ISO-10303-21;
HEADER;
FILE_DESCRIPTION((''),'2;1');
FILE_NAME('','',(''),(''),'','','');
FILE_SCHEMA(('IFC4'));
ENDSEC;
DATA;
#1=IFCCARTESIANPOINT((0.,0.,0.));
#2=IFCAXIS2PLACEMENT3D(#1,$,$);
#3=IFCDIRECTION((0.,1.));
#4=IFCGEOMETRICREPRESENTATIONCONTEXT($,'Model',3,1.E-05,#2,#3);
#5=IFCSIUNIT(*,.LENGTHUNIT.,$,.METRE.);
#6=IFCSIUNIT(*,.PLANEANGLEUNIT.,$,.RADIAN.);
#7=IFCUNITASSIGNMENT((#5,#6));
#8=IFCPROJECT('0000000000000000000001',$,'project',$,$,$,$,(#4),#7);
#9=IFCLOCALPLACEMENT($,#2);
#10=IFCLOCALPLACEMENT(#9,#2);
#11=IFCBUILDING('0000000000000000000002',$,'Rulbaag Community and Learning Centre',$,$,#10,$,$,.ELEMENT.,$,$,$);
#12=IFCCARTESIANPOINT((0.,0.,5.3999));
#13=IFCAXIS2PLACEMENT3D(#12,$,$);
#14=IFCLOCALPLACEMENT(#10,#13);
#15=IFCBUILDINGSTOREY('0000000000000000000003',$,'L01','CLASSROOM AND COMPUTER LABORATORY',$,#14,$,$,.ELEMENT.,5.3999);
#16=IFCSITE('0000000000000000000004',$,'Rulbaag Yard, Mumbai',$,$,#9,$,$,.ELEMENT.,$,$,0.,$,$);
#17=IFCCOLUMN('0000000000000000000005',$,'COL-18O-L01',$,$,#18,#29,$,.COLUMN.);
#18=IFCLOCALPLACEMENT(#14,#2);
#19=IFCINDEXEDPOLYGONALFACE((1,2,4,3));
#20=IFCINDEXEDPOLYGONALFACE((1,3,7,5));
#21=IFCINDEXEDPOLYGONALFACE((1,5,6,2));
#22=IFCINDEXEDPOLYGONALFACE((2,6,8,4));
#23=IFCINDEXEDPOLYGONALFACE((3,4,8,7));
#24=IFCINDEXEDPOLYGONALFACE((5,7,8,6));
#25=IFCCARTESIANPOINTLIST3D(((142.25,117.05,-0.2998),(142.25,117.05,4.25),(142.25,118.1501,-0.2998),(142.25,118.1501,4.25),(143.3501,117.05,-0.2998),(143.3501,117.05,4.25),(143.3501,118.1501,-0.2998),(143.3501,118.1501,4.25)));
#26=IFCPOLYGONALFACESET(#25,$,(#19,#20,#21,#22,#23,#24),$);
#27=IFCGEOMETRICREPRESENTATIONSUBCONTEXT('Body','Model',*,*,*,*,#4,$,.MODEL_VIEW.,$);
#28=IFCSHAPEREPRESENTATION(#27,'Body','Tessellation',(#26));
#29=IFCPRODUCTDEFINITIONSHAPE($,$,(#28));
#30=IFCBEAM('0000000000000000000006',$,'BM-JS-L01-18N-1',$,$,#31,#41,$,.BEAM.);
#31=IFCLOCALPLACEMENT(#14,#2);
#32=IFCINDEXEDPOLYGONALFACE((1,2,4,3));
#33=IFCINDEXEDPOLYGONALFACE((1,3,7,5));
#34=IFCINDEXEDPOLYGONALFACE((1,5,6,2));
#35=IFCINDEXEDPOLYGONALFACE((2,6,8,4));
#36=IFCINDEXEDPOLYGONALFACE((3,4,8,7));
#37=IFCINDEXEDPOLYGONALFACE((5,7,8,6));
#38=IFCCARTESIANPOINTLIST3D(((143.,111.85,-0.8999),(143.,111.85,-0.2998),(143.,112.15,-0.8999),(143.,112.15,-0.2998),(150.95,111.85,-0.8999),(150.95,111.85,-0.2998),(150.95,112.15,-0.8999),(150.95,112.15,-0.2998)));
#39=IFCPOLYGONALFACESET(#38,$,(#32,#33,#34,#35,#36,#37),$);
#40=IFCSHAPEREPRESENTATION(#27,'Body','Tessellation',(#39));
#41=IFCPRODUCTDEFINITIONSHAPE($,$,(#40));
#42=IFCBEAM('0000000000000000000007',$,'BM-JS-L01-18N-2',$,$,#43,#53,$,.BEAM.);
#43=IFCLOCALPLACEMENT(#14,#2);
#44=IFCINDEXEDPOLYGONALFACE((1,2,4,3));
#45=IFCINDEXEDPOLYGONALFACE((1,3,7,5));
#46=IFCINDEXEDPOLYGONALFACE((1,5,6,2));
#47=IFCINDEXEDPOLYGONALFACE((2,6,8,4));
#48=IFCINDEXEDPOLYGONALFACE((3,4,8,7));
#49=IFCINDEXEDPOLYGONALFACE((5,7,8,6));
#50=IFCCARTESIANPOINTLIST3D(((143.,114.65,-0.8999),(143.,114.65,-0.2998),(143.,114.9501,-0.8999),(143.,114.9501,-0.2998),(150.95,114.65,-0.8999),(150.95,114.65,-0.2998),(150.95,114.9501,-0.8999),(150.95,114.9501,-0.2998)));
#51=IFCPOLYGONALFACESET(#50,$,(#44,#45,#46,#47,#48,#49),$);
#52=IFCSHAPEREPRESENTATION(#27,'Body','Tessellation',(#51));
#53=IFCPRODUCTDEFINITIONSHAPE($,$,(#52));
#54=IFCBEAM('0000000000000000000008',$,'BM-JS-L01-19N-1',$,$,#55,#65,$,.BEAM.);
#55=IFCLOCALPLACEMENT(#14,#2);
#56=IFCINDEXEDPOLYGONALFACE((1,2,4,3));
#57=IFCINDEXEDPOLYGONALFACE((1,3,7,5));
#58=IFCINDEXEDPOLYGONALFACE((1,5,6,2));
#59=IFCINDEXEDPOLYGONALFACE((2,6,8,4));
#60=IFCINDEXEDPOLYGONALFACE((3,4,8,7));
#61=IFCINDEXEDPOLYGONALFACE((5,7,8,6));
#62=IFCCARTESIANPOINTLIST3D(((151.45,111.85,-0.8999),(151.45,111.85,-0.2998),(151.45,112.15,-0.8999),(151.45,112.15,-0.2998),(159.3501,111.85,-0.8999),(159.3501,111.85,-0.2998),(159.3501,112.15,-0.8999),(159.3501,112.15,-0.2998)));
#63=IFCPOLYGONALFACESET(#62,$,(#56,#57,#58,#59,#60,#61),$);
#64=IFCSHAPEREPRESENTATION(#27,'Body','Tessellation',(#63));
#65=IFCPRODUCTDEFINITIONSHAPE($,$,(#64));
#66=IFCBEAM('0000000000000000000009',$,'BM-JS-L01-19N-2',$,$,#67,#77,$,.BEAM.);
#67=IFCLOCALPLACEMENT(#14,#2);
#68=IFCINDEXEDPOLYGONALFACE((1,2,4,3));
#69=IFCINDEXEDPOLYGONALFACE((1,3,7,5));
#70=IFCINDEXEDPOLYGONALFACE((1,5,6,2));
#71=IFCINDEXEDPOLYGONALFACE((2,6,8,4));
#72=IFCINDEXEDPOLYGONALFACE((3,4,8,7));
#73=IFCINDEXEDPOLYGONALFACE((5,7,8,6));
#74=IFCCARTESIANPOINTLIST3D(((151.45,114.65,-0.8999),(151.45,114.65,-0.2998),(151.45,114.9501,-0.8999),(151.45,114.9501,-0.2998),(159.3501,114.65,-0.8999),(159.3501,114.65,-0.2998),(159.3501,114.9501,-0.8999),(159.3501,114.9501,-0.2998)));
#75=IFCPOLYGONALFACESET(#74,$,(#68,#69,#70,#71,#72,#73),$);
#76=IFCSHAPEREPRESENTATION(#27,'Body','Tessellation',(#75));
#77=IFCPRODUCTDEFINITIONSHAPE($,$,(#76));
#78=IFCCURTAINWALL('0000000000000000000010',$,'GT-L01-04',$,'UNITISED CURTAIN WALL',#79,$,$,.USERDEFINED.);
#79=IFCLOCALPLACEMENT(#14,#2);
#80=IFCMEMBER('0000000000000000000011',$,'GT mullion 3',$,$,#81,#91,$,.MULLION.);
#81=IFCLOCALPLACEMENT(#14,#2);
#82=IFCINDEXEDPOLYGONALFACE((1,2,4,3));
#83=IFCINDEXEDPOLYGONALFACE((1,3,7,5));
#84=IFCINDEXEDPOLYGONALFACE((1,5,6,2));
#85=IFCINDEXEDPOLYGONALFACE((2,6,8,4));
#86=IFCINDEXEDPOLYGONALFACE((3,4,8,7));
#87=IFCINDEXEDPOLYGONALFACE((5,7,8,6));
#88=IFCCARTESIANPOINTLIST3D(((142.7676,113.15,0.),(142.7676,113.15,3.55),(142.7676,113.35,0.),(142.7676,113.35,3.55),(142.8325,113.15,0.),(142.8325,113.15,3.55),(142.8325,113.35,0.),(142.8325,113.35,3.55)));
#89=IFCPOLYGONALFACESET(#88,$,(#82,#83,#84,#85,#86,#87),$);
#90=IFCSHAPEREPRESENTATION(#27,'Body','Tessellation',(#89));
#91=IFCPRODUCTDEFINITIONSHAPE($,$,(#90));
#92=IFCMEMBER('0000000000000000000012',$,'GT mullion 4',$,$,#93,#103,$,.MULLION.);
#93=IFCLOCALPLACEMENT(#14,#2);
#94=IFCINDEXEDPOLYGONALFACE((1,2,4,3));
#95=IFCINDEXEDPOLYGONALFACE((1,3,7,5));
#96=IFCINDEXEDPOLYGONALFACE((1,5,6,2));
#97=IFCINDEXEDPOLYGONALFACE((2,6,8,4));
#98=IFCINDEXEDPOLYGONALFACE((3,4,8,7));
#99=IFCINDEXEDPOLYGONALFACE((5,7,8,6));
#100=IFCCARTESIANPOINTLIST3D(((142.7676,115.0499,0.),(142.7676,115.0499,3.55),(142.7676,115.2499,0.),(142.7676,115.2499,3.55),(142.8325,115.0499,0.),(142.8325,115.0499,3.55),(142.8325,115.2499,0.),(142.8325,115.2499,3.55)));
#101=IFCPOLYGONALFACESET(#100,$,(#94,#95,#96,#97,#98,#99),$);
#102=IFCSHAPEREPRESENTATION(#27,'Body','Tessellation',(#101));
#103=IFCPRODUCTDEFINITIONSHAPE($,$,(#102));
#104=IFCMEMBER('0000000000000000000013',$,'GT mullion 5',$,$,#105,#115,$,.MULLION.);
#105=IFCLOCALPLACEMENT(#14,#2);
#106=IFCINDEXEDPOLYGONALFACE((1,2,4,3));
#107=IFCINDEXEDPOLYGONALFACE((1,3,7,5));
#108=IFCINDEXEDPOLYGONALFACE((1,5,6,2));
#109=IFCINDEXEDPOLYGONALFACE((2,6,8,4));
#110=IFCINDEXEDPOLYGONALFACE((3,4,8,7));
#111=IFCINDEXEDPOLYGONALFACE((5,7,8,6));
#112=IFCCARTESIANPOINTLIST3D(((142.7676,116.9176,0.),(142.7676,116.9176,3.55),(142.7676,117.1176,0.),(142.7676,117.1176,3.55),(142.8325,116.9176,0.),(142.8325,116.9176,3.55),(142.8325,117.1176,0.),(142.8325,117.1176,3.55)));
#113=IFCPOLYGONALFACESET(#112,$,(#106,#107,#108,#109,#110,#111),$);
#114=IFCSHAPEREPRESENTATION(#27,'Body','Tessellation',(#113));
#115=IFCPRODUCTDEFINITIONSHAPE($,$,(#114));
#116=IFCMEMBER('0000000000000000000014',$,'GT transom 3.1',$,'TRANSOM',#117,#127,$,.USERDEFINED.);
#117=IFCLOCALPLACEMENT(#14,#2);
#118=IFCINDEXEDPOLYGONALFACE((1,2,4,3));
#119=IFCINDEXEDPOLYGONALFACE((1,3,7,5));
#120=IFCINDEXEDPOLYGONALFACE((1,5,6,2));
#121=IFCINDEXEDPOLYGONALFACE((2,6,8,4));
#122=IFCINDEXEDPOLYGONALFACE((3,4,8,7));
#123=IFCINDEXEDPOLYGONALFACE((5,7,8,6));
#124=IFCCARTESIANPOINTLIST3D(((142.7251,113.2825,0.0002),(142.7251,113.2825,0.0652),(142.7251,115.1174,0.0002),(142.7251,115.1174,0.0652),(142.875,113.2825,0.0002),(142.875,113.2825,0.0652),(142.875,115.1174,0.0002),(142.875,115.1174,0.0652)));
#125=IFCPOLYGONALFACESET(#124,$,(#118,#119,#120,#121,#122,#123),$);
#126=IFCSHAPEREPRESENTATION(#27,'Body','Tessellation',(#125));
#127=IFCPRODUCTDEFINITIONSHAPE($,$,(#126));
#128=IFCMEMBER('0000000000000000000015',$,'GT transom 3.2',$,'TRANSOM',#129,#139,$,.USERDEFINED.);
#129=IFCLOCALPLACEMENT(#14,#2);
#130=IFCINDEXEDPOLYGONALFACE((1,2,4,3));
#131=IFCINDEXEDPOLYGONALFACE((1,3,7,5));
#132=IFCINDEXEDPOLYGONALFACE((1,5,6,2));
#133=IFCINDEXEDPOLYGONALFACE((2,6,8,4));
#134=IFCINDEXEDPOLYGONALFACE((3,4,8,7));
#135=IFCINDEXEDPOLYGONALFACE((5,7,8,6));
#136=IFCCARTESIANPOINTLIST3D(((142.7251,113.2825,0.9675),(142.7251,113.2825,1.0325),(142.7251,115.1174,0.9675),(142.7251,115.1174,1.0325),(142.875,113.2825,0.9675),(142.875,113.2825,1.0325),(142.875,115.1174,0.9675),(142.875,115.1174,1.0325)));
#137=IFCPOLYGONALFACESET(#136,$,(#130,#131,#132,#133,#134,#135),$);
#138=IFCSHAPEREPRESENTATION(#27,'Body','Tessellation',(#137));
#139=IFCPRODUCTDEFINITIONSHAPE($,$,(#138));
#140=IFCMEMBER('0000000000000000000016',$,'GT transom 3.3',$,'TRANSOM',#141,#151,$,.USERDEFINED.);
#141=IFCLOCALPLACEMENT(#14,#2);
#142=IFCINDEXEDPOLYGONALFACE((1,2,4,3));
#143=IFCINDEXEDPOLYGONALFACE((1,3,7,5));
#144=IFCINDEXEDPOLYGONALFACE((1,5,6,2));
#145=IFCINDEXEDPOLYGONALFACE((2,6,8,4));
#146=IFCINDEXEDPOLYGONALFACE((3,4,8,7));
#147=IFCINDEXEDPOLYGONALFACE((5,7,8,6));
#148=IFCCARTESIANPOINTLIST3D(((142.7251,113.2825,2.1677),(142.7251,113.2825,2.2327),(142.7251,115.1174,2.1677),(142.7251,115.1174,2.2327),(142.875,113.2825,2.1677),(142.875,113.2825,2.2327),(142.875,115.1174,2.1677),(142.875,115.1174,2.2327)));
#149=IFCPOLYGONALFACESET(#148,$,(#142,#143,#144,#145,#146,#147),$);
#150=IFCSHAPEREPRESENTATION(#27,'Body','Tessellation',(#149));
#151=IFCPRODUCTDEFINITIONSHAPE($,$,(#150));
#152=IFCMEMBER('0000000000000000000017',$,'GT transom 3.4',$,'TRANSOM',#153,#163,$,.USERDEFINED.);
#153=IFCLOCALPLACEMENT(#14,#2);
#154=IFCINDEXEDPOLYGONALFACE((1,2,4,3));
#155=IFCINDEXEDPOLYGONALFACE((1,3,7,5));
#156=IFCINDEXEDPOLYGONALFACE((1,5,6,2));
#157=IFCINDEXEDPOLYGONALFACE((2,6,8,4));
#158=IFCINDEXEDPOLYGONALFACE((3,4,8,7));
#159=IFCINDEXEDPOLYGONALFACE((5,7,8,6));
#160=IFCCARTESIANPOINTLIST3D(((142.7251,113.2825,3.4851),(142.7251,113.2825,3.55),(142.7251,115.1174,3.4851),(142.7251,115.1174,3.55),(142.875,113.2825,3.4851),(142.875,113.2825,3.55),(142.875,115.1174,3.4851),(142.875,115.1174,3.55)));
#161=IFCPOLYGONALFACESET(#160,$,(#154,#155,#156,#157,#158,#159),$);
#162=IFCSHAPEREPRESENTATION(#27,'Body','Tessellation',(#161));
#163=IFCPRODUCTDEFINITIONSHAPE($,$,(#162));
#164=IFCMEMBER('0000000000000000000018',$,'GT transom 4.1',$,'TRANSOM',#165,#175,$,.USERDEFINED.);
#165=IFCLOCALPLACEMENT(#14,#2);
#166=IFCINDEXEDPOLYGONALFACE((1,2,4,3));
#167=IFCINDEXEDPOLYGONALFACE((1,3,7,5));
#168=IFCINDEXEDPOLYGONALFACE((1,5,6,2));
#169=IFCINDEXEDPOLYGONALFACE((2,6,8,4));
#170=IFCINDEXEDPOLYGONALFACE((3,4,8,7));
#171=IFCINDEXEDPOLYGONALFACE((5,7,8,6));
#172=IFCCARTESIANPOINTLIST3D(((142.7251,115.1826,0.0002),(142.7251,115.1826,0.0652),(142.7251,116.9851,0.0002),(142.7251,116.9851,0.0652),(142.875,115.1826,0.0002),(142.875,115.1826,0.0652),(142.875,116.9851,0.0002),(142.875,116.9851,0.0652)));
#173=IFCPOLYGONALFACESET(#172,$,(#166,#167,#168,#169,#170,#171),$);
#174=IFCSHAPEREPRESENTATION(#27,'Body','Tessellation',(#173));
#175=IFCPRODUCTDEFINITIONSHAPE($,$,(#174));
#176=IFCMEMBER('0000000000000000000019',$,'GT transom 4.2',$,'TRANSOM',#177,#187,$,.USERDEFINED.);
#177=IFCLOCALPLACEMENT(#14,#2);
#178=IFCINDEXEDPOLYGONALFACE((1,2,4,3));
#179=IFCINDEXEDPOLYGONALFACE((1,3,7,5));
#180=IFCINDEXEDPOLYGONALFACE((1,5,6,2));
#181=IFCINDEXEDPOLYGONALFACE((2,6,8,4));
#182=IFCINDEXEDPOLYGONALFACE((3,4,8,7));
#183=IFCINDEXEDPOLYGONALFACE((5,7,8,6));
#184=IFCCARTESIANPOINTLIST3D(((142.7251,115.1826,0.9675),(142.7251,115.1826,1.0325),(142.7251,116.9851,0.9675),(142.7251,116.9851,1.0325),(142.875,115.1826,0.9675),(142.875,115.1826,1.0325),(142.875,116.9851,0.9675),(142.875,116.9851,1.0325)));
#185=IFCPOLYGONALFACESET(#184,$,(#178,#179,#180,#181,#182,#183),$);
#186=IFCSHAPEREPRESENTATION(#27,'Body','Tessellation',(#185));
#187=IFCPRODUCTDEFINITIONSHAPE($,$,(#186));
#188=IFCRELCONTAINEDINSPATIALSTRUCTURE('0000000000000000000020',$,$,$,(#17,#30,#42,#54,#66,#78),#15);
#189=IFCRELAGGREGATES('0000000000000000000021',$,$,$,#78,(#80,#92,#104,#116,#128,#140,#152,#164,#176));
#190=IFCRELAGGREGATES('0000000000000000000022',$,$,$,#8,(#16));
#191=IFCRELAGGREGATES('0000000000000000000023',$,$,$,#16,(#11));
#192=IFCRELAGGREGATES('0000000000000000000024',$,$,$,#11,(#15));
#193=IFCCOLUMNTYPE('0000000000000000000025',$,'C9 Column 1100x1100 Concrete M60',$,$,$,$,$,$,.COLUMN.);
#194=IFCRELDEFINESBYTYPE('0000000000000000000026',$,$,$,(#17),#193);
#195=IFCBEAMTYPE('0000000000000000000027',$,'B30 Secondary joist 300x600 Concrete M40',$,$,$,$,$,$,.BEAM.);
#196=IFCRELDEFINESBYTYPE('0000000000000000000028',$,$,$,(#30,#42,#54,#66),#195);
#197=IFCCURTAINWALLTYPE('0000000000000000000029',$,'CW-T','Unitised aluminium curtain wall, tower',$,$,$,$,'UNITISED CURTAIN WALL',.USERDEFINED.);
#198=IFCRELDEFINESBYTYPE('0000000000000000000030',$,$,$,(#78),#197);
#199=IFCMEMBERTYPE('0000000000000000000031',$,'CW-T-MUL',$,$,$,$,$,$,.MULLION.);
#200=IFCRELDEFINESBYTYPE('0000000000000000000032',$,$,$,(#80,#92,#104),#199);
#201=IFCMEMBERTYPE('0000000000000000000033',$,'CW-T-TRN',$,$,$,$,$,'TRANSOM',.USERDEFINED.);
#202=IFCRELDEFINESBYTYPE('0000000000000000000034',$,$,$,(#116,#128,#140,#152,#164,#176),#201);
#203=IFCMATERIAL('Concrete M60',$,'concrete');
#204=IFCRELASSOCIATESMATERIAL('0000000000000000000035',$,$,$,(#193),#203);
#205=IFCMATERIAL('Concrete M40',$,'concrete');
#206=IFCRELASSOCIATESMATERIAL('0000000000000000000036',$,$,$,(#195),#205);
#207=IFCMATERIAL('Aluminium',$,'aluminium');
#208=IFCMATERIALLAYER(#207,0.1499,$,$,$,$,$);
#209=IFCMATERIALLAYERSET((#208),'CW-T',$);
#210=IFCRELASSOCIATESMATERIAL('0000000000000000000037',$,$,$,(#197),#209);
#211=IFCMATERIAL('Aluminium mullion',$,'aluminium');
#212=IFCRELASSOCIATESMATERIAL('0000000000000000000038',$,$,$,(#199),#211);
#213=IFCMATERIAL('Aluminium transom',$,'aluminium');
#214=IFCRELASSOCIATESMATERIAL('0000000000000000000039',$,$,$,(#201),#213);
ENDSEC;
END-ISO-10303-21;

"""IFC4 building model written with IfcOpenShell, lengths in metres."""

from ifc_helpers import new_model, si_unit, direction, frame, origin, origin_2d, place, context, subcontext, project, spatial, rectangle, extrude, material, layer, layer_set, material_profile, profile_set, type_object, element, aggregate, save


model = new_model("IFC4")

# Units and contexts
model_context = context("Model", 3, precision=1e-05, world=origin(), true_north=direction((0.0, 1.0)))
body_context = subcontext(model_context, "Body", "Model", "MODEL_VIEW")
ifc_project = project(units=[si_unit("LENGTHUNIT", "METRE"), si_unit("PLANEANGLEUNIT", "RADIAN")], contexts=[model_context])

# Site, building, storey
site_placement = place(None, origin())
site = spatial("IfcSite", under=ifc_project, at=site_placement, Name="Rulbaag Yard, Mumbai", CompositionType="ELEMENT", RefElevation=0.0)
building_placement = place(site_placement, origin())
building = spatial("IfcBuilding", under=site, at=building_placement, Name="Rulbaag Community and Learning Centre", CompositionType="ELEMENT")
storey_placement = place(building_placement, frame((0.0, 0.0, 5.3999)))
storey = spatial("IfcBuildingStorey", under=building, at=storey_placement, Name="L01", Description="CLASSROOM AND COMPUTER LABORATORY", CompositionType="ELEMENT", Elevation=5.3999)

# Column
ifc_material_1 = material(Name="Concrete M60", Category="concrete")
ifc_material_profile_1 = material_profile(ifc_material_1, rectangle(XDim=1.1001, YDim=1.1001, at=origin_2d()), Name="RC1100x1100")
ifc_profile_set_1 = profile_set([ifc_material_profile_1], Name="Concrete M60")
column_type = type_object("IfcColumnType", Name="C9 Column 1100x1100 Concrete M60", PredefinedType="COLUMN", material=ifc_profile_set_1)
column_placement = place(storey_placement, frame((142.8, 117.6001, -0.2998), z_axis=(0.0, 0.0, 1.0), x_axis=(1.0, 0.0, 0.0)))
element("IfcColumn", 1, at=column_placement, inside=storey, type_object=column_type, Name="COL-18O-L01", PredefinedType="COLUMN", context=body_context, shape_type="SweptSolid", body=[
    extrude(rectangle(XDim=1.1001, YDim=1.1001, at=origin_2d()), origin(), (0.0, 0.0, 1.0), 4.5498),
])

# Beams
ifc_material_2 = material(Name="Concrete M40", Category="concrete")
ifc_material_profile_2 = material_profile(ifc_material_2, rectangle(XDim=0.3, YDim=0.6001, at=origin_2d()), Name="RB300x600")
ifc_profile_set_2 = profile_set([ifc_material_profile_2], Name="Concrete M40")
beam_type = type_object("IfcBeamType", Name="B30 Secondary joist 300x600 Concrete M40", PredefinedType="BEAM", material=ifc_profile_set_2)
for number, where, z_axis, x_axis, name in (
    (2, (143.0, 112.0, -0.5999), (1.0, 0.0, 0.0), (0.0, 1.0, 0.0), "BM-JS-L01-18N-1"),
    (3, (143.0, 114.8, -0.5999), (1.0, 0.0, 0.0), (0.0, 1.0, 0.0), "BM-JS-L01-18N-2"),
):
    element("IfcBeam", number, at=place(storey_placement, frame(where, z_axis=z_axis, x_axis=x_axis)), inside=storey, type_object=beam_type, Name=name, PredefinedType="BEAM", context=body_context, shape_type="SweptSolid", body=[
        extrude(rectangle(XDim=0.3, YDim=0.6001, at=origin_2d()), origin(), (0.0, 0.0, 1.0), 7.95),
    ])
for number, where, z_axis, x_axis, name in (
    (4, (151.45, 112.0, -0.5999), (1.0, 0.0, 0.0), (0.0, 1.0, 0.0), "BM-JS-L01-19N-1"),
    (5, (151.45, 114.8, -0.5999), (1.0, 0.0, 0.0), (0.0, 1.0, 0.0), "BM-JS-L01-19N-2"),
):
    element("IfcBeam", number, at=place(storey_placement, frame(where, z_axis=z_axis, x_axis=x_axis)), inside=storey, type_object=beam_type, Name=name, PredefinedType="BEAM", context=body_context, shape_type="SweptSolid", body=[
        extrude(rectangle(XDim=0.3, YDim=0.6001, at=origin_2d()), origin(), (0.0, 0.0, 1.0), 7.9001),
    ])

# Curtain wall, members
ifc_material_3 = material(Name="Aluminium", Category="aluminium")
ifc_layer_1 = layer(ifc_material_3, 0.1499)
ifc_layer_set_1 = layer_set([ifc_layer_1], Name="CW-T")
curtain_wall_type = type_object("IfcCurtainWallType", Name="CW-T", Description="Unitised aluminium curtain wall, tower", ElementType="UNITISED CURTAIN WALL", PredefinedType="USERDEFINED", material=ifc_layer_set_1)
curtain_wall_placement = place(storey_placement, origin())
curtain_wall = element("IfcCurtainWall", 6, at=curtain_wall_placement, inside=storey, type_object=curtain_wall_type, Name="GT-L01-04", ObjectType="UNITISED CURTAIN WALL", PredefinedType="USERDEFINED")
ifc_material_4 = material(Name="Aluminium mullion", Category="aluminium")
ifc_material_profile_3 = material_profile(ifc_material_4, rectangle(XDim=0.0649, YDim=0.2, at=origin_2d()), Name="AL 65x200")
ifc_profile_set_3 = profile_set([ifc_material_profile_3], Name="Aluminium mullion")
member_type_1 = type_object("IfcMemberType", Name="CW-T-MUL", PredefinedType="MULLION", material=ifc_profile_set_3)
member_1_placement = place(storey_placement, frame((142.8, 113.25, 0.0), z_axis=(0.0, 0.0, 1.0), x_axis=(-1.0, 0.0, 0.0)))
member_1 = element("IfcMember", 7, at=member_1_placement, type_object=member_type_1, Name="GT mullion 3", PredefinedType="MULLION", context=body_context, shape_type="SweptSolid", body=[
    extrude(rectangle(XDim=0.0649, YDim=0.2, at=origin_2d()), origin(), (0.0, 0.0, 1.0), 3.55),
])
member_2_placement = place(storey_placement, frame((142.8, 115.1499, 0.0), z_axis=(0.0, 0.0, 1.0), x_axis=(-1.0, 0.0, 0.0)))
member_2 = element("IfcMember", 8, at=member_2_placement, type_object=member_type_1, Name="GT mullion 4", PredefinedType="MULLION", context=body_context, shape_type="SweptSolid", body=[
    extrude(rectangle(XDim=0.0649, YDim=0.2, at=origin_2d()), origin(), (0.0, 0.0, 1.0), 3.55),
])
member_3_placement = place(storey_placement, frame((142.8, 117.0176, 0.0), z_axis=(0.0, 0.0, 1.0), x_axis=(-1.0, 0.0, 0.0)))
member_3 = element("IfcMember", 9, at=member_3_placement, type_object=member_type_1, Name="GT mullion 5", PredefinedType="MULLION", context=body_context, shape_type="SweptSolid", body=[
    extrude(rectangle(XDim=0.0649, YDim=0.2, at=origin_2d()), origin(), (0.0, 0.0, 1.0), 3.55),
])
ifc_material_5 = material(Name="Aluminium transom", Category="aluminium")
ifc_material_profile_4 = material_profile(ifc_material_5, rectangle(XDim=0.1499, YDim=0.0649, at=origin_2d()), Name="AL 65x150 T")
ifc_profile_set_4 = profile_set([ifc_material_profile_4], Name="Aluminium transom")
member_type_2 = type_object("IfcMemberType", Name="CW-T-TRN", ElementType="TRANSOM", PredefinedType="USERDEFINED", material=ifc_profile_set_4)
member_4_placement = place(storey_placement, frame((142.8, 113.2825, 0.0327), z_axis=(0.0, 1.0, 0.0), x_axis=(-1.0, 0.0, 0.0)))
member_4 = element("IfcMember", 10, at=member_4_placement, type_object=member_type_2, Name="GT transom 3.1", ObjectType="TRANSOM", PredefinedType="USERDEFINED", context=body_context, shape_type="SweptSolid", body=[
    extrude(rectangle(XDim=0.1499, YDim=0.0649, at=origin_2d()), origin(), (0.0, 0.0, 1.0), 1.835),
])
member_5_placement = place(storey_placement, frame((142.8, 113.2825, 1.0), z_axis=(0.0, 1.0, 0.0), x_axis=(-1.0, 0.0, 0.0)))
member_5 = element("IfcMember", 11, at=member_5_placement, type_object=member_type_2, Name="GT transom 3.2", ObjectType="TRANSOM", PredefinedType="USERDEFINED", context=body_context, shape_type="SweptSolid", body=[
    extrude(rectangle(XDim=0.1499, YDim=0.0649, at=origin_2d()), origin(), (0.0, 0.0, 1.0), 1.835),
])
member_6_placement = place(storey_placement, frame((142.8, 113.2825, 2.2002), z_axis=(0.0, 1.0, 0.0), x_axis=(-1.0, 0.0, 0.0)))
member_6 = element("IfcMember", 12, at=member_6_placement, type_object=member_type_2, Name="GT transom 3.3", ObjectType="TRANSOM", PredefinedType="USERDEFINED", context=body_context, shape_type="SweptSolid", body=[
    extrude(rectangle(XDim=0.1499, YDim=0.0649, at=origin_2d()), origin(), (0.0, 0.0, 1.0), 1.835),
])
member_7_placement = place(storey_placement, frame((142.8, 113.2825, 3.5176), z_axis=(0.0, 1.0, 0.0), x_axis=(-1.0, 0.0, 0.0)))
member_7 = element("IfcMember", 13, at=member_7_placement, type_object=member_type_2, Name="GT transom 3.4", ObjectType="TRANSOM", PredefinedType="USERDEFINED", context=body_context, shape_type="SweptSolid", body=[
    extrude(rectangle(XDim=0.1499, YDim=0.0649, at=origin_2d()), origin(), (0.0, 0.0, 1.0), 1.835),
])
member_8_placement = place(storey_placement, frame((142.8, 115.1826, 0.0327), z_axis=(0.0, 1.0, 0.0), x_axis=(-1.0, 0.0, 0.0)))
member_8 = element("IfcMember", 14, at=member_8_placement, type_object=member_type_2, Name="GT transom 4.1", ObjectType="TRANSOM", PredefinedType="USERDEFINED", context=body_context, shape_type="SweptSolid", body=[
    extrude(rectangle(XDim=0.1499, YDim=0.0649, at=origin_2d()), origin(), (0.0, 0.0, 1.0), 1.8025),
])
member_9_placement = place(storey_placement, frame((142.8, 115.1826, 1.0), z_axis=(0.0, 1.0, 0.0), x_axis=(-1.0, 0.0, 0.0)))
member_9 = element("IfcMember", 15, at=member_9_placement, type_object=member_type_2, Name="GT transom 4.2", ObjectType="TRANSOM", PredefinedType="USERDEFINED", context=body_context, shape_type="SweptSolid", body=[
    extrude(rectangle(XDim=0.1499, YDim=0.0649, at=origin_2d()), origin(), (0.0, 0.0, 1.0), 1.8025),
])
aggregate(curtain_wall, [member_1, member_2, member_3, member_4, member_5, member_6, member_7, member_8, member_9])

save(model, "model.ifc")
